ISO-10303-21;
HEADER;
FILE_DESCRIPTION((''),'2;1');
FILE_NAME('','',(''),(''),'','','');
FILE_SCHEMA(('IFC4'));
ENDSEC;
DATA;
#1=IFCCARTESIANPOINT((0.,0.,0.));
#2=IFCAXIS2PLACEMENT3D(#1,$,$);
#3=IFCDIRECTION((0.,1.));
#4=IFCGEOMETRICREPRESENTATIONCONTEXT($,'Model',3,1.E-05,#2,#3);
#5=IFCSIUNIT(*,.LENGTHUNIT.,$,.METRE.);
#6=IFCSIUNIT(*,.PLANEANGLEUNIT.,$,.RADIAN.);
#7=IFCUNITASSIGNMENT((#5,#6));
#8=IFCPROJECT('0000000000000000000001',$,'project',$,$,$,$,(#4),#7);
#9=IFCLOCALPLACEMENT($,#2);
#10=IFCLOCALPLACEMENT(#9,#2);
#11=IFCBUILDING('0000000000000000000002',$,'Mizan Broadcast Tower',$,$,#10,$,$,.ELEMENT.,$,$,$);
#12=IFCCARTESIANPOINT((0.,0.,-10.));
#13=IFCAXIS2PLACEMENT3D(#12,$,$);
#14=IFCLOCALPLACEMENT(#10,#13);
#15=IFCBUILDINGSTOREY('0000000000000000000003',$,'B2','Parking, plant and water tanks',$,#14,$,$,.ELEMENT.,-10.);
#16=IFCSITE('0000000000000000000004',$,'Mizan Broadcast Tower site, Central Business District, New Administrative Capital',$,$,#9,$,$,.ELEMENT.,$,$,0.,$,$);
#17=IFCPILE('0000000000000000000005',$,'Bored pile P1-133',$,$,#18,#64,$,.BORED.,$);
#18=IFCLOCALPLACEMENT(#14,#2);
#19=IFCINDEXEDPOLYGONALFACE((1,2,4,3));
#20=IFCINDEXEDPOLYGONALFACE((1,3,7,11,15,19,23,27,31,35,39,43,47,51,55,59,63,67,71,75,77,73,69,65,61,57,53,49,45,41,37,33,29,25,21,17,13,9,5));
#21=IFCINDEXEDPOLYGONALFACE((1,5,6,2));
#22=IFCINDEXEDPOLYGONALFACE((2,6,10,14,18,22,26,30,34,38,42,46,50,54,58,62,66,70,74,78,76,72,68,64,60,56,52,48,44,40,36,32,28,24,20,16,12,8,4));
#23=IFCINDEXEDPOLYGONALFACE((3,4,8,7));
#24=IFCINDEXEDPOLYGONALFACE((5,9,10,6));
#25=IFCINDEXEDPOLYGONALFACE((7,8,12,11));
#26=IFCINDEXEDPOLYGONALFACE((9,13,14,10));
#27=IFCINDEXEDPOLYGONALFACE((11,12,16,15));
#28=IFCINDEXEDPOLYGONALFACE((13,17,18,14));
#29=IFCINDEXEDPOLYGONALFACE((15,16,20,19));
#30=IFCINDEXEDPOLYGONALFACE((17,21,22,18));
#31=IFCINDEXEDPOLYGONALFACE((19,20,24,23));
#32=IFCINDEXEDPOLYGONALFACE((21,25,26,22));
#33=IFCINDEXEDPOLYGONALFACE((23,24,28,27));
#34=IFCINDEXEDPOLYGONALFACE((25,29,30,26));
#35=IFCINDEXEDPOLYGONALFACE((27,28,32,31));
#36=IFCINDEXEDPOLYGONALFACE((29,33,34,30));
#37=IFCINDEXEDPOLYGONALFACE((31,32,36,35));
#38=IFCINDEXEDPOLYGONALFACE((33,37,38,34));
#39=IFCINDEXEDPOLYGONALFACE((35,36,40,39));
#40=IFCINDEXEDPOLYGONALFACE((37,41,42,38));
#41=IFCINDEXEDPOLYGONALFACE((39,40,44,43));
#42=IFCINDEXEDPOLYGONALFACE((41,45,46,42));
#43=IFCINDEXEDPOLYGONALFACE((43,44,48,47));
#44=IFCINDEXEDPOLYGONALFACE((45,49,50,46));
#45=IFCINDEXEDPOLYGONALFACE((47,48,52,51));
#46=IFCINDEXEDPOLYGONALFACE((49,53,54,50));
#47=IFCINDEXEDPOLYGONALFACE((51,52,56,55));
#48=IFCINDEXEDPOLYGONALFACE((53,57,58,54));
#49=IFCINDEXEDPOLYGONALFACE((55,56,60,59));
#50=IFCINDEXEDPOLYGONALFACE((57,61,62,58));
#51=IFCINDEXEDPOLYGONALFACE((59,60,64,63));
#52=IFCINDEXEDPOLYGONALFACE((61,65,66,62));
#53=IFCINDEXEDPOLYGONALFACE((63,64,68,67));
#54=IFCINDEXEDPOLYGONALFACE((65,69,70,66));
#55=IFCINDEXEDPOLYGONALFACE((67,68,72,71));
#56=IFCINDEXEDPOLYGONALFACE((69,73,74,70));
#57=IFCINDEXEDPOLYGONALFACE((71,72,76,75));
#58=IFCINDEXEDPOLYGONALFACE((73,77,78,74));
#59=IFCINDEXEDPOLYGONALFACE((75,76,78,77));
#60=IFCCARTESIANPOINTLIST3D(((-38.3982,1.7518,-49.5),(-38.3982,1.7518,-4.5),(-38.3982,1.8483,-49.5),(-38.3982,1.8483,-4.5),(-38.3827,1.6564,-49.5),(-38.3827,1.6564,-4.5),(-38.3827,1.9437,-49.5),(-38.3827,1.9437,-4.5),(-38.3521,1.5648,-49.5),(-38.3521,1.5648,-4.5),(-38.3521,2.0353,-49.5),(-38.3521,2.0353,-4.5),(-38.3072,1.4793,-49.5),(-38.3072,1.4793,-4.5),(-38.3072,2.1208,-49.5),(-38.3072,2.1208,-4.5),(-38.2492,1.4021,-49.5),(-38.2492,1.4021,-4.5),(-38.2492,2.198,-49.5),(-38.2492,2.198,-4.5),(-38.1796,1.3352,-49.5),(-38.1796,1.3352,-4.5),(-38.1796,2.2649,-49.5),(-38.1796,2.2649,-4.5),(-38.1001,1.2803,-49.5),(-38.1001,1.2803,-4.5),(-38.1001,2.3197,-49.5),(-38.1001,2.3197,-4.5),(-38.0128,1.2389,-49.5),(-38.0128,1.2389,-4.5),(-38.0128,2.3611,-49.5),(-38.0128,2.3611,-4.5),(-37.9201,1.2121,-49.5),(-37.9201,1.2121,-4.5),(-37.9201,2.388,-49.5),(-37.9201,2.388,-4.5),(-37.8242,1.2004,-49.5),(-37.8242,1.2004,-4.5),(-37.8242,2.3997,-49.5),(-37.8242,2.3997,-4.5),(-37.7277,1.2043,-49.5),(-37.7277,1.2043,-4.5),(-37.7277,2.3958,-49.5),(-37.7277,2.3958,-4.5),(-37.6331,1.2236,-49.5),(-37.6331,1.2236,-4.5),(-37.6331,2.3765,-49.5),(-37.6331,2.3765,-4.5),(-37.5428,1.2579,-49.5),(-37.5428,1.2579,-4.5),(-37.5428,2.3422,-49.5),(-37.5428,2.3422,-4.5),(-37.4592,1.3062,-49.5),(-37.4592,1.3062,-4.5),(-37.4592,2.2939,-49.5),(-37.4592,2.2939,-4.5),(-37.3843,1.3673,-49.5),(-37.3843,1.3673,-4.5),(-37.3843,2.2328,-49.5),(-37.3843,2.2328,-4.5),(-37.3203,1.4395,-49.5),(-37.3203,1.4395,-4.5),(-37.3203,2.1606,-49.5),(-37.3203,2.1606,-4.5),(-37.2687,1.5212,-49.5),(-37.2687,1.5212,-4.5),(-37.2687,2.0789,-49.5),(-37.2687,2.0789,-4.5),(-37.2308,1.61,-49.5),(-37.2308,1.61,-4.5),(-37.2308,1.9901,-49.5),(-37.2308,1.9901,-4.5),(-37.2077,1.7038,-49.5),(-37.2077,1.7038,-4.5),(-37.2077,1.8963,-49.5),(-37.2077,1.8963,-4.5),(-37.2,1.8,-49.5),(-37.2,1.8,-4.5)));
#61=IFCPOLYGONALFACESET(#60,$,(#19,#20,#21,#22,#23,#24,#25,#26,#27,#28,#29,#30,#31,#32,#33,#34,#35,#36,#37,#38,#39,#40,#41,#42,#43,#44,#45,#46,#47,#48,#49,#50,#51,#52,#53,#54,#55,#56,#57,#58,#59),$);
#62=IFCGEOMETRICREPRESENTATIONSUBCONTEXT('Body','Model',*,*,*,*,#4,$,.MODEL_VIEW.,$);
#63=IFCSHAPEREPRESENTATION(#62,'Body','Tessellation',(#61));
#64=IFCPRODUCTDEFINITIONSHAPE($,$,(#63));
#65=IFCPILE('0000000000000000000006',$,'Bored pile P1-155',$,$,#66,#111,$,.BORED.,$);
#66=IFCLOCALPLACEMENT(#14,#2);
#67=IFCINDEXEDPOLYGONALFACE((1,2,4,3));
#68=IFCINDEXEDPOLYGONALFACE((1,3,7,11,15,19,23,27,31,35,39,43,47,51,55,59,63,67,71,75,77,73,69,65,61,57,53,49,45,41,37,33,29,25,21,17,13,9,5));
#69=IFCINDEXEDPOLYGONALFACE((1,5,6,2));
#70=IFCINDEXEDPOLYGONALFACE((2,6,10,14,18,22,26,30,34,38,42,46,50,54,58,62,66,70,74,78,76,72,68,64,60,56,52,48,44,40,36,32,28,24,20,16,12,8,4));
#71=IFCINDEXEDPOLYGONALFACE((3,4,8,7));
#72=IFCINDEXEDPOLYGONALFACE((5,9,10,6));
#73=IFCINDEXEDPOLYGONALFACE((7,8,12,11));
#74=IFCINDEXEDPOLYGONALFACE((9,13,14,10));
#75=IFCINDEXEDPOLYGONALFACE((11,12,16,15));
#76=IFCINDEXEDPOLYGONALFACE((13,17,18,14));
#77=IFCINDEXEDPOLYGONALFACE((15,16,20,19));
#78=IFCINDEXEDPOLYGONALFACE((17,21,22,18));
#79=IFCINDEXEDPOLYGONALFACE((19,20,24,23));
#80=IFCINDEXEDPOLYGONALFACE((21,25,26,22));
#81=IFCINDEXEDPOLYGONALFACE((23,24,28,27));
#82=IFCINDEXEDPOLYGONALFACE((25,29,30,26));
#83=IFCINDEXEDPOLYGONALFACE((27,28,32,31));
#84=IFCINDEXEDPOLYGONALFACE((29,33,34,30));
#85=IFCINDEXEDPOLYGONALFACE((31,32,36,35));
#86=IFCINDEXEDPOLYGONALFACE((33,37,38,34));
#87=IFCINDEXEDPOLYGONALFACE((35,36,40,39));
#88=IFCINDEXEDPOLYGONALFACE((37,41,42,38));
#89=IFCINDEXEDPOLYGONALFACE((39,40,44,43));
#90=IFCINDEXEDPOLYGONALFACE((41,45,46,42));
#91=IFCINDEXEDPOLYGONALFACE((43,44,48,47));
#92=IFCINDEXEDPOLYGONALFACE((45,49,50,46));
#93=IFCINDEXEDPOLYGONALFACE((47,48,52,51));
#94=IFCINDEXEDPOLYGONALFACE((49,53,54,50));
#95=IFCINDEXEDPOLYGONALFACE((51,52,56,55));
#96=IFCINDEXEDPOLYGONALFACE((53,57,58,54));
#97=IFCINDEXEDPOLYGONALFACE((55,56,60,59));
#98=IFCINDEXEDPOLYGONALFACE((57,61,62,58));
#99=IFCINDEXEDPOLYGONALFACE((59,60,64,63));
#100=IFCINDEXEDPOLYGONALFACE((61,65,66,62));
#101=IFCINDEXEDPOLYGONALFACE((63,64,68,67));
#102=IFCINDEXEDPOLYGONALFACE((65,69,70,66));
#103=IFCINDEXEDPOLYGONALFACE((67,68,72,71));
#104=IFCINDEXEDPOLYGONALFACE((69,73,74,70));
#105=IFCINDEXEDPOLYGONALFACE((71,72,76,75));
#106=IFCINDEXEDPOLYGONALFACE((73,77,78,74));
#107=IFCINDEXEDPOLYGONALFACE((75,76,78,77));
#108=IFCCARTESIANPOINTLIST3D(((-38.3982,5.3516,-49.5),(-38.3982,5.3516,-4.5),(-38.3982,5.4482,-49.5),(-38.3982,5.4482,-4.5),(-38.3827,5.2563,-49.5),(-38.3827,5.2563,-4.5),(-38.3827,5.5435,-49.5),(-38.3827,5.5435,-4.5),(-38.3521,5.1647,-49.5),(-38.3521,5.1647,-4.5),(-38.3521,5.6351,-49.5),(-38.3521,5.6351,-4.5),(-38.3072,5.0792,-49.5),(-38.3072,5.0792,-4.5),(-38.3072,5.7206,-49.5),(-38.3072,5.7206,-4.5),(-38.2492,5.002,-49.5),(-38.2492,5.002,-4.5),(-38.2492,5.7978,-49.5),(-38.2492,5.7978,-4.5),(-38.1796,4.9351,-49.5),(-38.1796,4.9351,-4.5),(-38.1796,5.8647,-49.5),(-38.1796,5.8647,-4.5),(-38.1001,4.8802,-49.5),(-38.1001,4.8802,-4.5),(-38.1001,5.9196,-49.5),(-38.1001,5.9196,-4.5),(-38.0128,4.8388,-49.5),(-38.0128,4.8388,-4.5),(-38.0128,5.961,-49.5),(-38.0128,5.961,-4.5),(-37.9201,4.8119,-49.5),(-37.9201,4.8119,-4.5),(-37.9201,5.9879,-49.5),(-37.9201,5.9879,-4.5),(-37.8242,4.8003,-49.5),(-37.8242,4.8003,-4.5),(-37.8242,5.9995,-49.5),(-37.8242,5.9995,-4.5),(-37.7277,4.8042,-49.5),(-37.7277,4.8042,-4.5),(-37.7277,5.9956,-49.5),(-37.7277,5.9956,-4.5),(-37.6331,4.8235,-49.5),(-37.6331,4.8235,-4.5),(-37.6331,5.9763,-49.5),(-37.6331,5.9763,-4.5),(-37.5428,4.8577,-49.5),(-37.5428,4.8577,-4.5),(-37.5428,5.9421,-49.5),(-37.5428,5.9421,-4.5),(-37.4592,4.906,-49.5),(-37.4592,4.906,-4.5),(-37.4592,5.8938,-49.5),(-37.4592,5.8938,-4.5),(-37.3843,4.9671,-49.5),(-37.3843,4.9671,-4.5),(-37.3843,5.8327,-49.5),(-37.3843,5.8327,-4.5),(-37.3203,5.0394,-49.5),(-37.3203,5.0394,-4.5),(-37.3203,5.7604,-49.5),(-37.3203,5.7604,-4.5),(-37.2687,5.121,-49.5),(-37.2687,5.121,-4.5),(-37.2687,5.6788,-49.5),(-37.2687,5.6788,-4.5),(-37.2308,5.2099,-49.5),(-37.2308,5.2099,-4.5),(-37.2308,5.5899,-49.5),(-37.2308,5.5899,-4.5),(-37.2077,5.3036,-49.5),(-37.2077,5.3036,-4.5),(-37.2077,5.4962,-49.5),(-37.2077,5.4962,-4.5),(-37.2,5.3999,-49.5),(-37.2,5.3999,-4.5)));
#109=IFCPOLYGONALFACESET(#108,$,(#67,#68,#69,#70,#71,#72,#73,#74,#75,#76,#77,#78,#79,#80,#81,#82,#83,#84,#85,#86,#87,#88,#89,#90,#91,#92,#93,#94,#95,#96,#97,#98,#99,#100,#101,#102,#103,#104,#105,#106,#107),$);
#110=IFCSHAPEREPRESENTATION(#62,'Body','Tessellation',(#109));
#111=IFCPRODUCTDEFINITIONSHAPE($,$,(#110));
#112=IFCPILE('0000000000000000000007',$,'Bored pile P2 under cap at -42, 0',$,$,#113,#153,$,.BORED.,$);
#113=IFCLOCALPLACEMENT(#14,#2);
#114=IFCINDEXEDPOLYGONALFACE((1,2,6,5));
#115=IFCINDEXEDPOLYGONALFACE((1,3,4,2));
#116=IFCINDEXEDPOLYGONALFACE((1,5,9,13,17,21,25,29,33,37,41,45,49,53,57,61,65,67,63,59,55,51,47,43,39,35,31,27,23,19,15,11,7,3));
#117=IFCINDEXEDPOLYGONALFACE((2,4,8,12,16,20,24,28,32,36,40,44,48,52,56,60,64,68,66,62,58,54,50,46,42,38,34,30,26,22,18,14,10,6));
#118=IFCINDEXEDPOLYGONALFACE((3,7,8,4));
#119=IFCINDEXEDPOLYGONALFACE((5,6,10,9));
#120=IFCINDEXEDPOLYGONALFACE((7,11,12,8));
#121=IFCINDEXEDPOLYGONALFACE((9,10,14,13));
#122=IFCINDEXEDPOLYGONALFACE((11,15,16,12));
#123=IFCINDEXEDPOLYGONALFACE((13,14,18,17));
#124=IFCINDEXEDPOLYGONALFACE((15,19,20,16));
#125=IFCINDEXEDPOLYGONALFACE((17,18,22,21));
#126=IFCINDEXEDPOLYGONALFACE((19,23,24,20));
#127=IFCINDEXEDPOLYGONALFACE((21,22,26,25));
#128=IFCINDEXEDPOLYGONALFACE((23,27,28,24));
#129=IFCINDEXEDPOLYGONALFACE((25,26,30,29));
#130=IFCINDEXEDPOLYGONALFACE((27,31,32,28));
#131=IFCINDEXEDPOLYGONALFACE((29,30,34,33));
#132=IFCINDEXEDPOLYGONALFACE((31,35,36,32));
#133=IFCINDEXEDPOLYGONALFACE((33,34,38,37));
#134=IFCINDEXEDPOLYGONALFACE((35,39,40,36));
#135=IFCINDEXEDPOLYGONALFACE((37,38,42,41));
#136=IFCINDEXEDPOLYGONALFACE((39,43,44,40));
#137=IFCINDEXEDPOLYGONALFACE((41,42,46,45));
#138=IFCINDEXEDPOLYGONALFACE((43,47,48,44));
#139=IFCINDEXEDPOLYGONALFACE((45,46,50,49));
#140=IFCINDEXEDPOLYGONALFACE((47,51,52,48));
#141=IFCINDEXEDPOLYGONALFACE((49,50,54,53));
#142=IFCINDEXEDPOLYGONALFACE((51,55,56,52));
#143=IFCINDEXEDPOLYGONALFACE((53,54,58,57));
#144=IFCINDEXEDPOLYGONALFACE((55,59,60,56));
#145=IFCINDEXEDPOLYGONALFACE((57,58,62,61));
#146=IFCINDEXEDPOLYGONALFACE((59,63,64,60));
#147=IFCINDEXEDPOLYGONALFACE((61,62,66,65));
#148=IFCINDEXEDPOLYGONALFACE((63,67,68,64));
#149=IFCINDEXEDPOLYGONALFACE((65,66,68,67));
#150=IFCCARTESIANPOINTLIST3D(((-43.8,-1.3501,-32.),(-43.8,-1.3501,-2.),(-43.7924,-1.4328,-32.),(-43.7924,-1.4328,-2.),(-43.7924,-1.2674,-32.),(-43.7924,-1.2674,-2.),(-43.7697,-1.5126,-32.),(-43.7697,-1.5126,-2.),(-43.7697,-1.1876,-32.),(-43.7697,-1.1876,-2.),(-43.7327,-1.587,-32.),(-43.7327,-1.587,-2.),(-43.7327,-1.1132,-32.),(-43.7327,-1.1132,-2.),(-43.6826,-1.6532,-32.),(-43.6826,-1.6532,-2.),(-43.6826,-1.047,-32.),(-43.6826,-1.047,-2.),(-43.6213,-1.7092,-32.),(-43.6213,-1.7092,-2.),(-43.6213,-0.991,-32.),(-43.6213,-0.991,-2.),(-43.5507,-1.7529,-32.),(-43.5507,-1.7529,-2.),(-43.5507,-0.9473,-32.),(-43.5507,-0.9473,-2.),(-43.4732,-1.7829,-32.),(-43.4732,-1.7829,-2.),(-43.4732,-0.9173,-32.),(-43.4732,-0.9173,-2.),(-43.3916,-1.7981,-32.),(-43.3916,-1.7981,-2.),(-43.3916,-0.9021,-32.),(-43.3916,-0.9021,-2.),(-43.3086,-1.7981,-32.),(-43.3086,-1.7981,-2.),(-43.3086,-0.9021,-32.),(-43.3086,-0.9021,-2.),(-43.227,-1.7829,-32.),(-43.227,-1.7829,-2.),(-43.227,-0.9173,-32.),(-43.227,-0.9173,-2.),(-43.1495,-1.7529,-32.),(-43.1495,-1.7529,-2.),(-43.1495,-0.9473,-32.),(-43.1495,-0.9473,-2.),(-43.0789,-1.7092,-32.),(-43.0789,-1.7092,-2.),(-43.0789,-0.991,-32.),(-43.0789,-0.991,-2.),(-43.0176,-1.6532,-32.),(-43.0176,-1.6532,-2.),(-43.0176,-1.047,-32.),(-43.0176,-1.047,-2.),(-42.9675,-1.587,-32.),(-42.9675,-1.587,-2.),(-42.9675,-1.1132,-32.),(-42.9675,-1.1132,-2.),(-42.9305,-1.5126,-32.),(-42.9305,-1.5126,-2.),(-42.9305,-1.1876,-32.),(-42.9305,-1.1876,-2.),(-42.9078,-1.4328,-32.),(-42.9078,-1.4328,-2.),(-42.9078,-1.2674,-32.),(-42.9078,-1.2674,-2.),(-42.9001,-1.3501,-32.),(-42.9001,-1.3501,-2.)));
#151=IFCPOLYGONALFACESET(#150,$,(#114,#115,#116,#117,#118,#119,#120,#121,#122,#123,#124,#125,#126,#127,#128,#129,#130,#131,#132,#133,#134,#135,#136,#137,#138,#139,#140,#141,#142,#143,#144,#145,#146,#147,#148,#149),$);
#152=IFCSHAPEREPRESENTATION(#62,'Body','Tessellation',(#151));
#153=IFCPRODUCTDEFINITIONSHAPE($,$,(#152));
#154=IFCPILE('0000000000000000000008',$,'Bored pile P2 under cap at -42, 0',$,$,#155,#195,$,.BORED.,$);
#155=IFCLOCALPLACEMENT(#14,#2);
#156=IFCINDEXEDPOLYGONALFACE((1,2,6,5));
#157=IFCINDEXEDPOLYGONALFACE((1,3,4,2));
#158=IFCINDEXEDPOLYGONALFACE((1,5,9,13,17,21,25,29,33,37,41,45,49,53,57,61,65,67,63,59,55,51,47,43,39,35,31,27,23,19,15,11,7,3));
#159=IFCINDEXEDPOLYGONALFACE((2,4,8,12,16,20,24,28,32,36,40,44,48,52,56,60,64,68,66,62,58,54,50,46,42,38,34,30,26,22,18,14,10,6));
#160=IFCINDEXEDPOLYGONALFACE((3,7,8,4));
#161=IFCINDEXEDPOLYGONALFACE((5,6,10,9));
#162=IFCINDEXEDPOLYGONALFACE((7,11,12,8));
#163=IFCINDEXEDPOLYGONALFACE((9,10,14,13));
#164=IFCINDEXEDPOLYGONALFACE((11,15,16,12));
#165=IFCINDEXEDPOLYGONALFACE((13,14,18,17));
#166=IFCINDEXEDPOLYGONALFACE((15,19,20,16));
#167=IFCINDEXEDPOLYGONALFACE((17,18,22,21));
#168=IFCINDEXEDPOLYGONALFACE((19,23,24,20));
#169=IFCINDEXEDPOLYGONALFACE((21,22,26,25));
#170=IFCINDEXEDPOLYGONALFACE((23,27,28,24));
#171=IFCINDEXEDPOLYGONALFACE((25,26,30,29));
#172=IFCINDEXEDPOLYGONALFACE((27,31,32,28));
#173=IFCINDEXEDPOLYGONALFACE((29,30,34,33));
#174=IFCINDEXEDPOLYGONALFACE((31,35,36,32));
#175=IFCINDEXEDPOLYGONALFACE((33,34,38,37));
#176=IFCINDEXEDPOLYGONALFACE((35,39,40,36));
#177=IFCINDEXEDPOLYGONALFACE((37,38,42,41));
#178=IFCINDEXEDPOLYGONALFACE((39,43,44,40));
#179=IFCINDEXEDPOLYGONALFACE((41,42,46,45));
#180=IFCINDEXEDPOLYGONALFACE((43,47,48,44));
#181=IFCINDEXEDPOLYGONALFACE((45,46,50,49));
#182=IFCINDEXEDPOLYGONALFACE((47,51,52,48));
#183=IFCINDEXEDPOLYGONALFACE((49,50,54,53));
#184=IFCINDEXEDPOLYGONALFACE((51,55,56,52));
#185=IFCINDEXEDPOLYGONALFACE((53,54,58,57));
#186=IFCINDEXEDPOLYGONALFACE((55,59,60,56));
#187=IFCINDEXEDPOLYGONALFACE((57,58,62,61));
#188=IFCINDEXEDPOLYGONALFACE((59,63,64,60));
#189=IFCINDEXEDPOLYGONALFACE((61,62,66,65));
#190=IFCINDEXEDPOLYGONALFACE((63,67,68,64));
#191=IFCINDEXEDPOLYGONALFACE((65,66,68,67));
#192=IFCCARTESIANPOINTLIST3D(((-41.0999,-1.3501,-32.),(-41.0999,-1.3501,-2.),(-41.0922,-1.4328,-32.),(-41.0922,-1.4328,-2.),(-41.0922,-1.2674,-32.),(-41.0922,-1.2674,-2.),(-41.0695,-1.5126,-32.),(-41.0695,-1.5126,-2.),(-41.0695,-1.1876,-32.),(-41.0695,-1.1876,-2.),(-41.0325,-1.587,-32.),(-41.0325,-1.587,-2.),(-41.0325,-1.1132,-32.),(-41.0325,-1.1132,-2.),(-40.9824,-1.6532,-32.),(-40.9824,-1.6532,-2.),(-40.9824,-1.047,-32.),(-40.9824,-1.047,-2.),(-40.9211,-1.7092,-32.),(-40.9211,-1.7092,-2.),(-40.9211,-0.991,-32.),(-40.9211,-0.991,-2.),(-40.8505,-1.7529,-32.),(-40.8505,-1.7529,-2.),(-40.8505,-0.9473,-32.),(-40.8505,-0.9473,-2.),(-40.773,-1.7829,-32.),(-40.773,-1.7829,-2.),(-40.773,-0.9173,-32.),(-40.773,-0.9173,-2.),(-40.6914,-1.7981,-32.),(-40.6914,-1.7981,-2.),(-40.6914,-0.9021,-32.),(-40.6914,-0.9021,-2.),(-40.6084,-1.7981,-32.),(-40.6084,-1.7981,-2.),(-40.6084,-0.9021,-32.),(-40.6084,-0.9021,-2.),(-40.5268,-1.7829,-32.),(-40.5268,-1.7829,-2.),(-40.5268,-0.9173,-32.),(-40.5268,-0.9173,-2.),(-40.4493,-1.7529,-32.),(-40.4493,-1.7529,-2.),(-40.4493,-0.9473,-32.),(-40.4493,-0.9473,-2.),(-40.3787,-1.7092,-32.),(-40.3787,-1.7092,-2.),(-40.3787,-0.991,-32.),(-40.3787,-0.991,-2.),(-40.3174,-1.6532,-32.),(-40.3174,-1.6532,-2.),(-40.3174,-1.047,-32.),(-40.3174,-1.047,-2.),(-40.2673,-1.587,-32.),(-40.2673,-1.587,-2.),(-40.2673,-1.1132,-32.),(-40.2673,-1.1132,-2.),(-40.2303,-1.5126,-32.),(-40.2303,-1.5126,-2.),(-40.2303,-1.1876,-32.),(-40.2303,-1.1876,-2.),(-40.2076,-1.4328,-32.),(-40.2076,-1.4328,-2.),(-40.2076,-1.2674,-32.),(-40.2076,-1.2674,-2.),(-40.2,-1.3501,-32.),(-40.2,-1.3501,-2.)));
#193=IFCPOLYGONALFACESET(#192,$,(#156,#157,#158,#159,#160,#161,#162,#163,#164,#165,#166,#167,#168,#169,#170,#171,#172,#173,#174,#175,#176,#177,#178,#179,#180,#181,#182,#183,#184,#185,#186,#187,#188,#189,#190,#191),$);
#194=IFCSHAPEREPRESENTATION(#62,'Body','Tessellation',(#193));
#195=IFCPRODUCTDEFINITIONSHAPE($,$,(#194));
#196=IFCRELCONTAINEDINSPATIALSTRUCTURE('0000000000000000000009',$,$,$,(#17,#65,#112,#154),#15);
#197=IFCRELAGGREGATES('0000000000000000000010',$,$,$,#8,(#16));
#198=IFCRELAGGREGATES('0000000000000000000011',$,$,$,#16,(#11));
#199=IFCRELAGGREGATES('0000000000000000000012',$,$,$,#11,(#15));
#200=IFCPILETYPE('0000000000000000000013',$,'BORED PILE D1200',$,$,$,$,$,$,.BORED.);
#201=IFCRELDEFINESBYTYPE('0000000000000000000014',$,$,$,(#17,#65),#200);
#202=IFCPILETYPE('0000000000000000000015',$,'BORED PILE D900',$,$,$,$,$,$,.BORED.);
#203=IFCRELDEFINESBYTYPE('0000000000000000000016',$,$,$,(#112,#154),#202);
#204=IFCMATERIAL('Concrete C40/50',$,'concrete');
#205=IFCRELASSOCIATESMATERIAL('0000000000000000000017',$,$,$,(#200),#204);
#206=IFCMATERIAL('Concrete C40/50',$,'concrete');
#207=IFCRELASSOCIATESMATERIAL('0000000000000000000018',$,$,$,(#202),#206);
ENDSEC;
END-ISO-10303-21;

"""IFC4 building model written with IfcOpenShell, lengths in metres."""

from ifc_helpers import new_model, si_unit, direction, frame, origin, origin_2d, place, context, subcontext, project, spatial, circle, extrude, material, material_profile, profile_set, type_object, element, save


model = new_model("IFC4")

# Units and contexts
model_context = context("Model", 3, precision=1e-05, world=origin(), true_north=direction((0.0, 1.0)))
body_context = subcontext(model_context, "Body", "Model", "MODEL_VIEW")
ifc_project = project(units=[si_unit("LENGTHUNIT", "METRE"), si_unit("PLANEANGLEUNIT", "RADIAN")], contexts=[model_context])

# Site, building, storey
site_placement = place(None, origin())
site = spatial("IfcSite", under=ifc_project, at=site_placement, Name="Mizan Broadcast Tower site, Central Business District, New Administrative Capital", CompositionType="ELEMENT", RefElevation=0.0)
building_placement = place(site_placement, origin())
building = spatial("IfcBuilding", under=site, at=building_placement, Name="Mizan Broadcast Tower", CompositionType="ELEMENT")
storey_placement = place(building_placement, frame((0.0, 0.0, -10.0)))
storey = spatial("IfcBuildingStorey", under=building, at=storey_placement, Name="B2", Description="Parking, plant and water tanks", CompositionType="ELEMENT", Elevation=-10.0)

# Piles
ifc_material_1 = material(Name="Concrete C40/50", Category="concrete")
ifc_material_profile_1 = material_profile(ifc_material_1, circle(Radius=0.6001, at=origin_2d()), Name="D1200")
ifc_profile_set_1 = profile_set([ifc_material_profile_1], Name="Concrete C40/50")
pile_type_1 = type_object("IfcPileType", Name="BORED PILE D1200", PredefinedType="BORED", material=ifc_profile_set_1)
for number, where, z_axis, x_axis, name in (
    (1, (-37.8, 1.8, -4.5), (0.0, 0.0, -1.0), (1.0, 0.0, 0.0), "Bored pile P1-133"),
    (2, (-37.8, 5.3999, -4.5), (0.0, 0.0, -1.0), (1.0, 0.0, 0.0), "Bored pile P1-155"),
):
    element("IfcPile", number, at=place(storey_placement, frame(where, z_axis=z_axis, x_axis=x_axis)), inside=storey, type_object=pile_type_1, Name=name, PredefinedType="BORED", context=body_context, shape_type="SweptSolid", body=[
        extrude(circle(Radius=0.6001, at=origin_2d()), origin(), (0.0, 0.0, 1.0), 45.0),
    ])
ifc_material_2 = material(Name="Concrete C40/50", Category="concrete")
ifc_material_profile_2 = material_profile(ifc_material_2, circle(Radius=0.45, at=origin_2d()), Name="D900")
ifc_profile_set_2 = profile_set([ifc_material_profile_2], Name="Concrete C40/50")
pile_type_2 = type_object("IfcPileType", Name="BORED PILE D900", PredefinedType="BORED", material=ifc_profile_set_2)
for number, where, z_axis, x_axis, name in (
    (3, (-43.3501, -1.3501, -2.0), (0.0, 0.0, -1.0), (1.0, 0.0, 0.0), "Bored pile P2 under cap at -42, 0"),
    (4, (-40.6499, -1.3501, -2.0), (0.0, 0.0, -1.0), (1.0, 0.0, 0.0), "Bored pile P2 under cap at -42, 0"),
):
    element("IfcPile", number, at=place(storey_placement, frame(where, z_axis=z_axis, x_axis=x_axis)), inside=storey, type_object=pile_type_2, Name=name, PredefinedType="BORED", context=body_context, shape_type="SweptSolid", body=[
        extrude(circle(Radius=0.45, at=origin_2d()), origin(), (0.0, 0.0, 1.0), 30.0),
    ])

save(model, "model.ifc")
